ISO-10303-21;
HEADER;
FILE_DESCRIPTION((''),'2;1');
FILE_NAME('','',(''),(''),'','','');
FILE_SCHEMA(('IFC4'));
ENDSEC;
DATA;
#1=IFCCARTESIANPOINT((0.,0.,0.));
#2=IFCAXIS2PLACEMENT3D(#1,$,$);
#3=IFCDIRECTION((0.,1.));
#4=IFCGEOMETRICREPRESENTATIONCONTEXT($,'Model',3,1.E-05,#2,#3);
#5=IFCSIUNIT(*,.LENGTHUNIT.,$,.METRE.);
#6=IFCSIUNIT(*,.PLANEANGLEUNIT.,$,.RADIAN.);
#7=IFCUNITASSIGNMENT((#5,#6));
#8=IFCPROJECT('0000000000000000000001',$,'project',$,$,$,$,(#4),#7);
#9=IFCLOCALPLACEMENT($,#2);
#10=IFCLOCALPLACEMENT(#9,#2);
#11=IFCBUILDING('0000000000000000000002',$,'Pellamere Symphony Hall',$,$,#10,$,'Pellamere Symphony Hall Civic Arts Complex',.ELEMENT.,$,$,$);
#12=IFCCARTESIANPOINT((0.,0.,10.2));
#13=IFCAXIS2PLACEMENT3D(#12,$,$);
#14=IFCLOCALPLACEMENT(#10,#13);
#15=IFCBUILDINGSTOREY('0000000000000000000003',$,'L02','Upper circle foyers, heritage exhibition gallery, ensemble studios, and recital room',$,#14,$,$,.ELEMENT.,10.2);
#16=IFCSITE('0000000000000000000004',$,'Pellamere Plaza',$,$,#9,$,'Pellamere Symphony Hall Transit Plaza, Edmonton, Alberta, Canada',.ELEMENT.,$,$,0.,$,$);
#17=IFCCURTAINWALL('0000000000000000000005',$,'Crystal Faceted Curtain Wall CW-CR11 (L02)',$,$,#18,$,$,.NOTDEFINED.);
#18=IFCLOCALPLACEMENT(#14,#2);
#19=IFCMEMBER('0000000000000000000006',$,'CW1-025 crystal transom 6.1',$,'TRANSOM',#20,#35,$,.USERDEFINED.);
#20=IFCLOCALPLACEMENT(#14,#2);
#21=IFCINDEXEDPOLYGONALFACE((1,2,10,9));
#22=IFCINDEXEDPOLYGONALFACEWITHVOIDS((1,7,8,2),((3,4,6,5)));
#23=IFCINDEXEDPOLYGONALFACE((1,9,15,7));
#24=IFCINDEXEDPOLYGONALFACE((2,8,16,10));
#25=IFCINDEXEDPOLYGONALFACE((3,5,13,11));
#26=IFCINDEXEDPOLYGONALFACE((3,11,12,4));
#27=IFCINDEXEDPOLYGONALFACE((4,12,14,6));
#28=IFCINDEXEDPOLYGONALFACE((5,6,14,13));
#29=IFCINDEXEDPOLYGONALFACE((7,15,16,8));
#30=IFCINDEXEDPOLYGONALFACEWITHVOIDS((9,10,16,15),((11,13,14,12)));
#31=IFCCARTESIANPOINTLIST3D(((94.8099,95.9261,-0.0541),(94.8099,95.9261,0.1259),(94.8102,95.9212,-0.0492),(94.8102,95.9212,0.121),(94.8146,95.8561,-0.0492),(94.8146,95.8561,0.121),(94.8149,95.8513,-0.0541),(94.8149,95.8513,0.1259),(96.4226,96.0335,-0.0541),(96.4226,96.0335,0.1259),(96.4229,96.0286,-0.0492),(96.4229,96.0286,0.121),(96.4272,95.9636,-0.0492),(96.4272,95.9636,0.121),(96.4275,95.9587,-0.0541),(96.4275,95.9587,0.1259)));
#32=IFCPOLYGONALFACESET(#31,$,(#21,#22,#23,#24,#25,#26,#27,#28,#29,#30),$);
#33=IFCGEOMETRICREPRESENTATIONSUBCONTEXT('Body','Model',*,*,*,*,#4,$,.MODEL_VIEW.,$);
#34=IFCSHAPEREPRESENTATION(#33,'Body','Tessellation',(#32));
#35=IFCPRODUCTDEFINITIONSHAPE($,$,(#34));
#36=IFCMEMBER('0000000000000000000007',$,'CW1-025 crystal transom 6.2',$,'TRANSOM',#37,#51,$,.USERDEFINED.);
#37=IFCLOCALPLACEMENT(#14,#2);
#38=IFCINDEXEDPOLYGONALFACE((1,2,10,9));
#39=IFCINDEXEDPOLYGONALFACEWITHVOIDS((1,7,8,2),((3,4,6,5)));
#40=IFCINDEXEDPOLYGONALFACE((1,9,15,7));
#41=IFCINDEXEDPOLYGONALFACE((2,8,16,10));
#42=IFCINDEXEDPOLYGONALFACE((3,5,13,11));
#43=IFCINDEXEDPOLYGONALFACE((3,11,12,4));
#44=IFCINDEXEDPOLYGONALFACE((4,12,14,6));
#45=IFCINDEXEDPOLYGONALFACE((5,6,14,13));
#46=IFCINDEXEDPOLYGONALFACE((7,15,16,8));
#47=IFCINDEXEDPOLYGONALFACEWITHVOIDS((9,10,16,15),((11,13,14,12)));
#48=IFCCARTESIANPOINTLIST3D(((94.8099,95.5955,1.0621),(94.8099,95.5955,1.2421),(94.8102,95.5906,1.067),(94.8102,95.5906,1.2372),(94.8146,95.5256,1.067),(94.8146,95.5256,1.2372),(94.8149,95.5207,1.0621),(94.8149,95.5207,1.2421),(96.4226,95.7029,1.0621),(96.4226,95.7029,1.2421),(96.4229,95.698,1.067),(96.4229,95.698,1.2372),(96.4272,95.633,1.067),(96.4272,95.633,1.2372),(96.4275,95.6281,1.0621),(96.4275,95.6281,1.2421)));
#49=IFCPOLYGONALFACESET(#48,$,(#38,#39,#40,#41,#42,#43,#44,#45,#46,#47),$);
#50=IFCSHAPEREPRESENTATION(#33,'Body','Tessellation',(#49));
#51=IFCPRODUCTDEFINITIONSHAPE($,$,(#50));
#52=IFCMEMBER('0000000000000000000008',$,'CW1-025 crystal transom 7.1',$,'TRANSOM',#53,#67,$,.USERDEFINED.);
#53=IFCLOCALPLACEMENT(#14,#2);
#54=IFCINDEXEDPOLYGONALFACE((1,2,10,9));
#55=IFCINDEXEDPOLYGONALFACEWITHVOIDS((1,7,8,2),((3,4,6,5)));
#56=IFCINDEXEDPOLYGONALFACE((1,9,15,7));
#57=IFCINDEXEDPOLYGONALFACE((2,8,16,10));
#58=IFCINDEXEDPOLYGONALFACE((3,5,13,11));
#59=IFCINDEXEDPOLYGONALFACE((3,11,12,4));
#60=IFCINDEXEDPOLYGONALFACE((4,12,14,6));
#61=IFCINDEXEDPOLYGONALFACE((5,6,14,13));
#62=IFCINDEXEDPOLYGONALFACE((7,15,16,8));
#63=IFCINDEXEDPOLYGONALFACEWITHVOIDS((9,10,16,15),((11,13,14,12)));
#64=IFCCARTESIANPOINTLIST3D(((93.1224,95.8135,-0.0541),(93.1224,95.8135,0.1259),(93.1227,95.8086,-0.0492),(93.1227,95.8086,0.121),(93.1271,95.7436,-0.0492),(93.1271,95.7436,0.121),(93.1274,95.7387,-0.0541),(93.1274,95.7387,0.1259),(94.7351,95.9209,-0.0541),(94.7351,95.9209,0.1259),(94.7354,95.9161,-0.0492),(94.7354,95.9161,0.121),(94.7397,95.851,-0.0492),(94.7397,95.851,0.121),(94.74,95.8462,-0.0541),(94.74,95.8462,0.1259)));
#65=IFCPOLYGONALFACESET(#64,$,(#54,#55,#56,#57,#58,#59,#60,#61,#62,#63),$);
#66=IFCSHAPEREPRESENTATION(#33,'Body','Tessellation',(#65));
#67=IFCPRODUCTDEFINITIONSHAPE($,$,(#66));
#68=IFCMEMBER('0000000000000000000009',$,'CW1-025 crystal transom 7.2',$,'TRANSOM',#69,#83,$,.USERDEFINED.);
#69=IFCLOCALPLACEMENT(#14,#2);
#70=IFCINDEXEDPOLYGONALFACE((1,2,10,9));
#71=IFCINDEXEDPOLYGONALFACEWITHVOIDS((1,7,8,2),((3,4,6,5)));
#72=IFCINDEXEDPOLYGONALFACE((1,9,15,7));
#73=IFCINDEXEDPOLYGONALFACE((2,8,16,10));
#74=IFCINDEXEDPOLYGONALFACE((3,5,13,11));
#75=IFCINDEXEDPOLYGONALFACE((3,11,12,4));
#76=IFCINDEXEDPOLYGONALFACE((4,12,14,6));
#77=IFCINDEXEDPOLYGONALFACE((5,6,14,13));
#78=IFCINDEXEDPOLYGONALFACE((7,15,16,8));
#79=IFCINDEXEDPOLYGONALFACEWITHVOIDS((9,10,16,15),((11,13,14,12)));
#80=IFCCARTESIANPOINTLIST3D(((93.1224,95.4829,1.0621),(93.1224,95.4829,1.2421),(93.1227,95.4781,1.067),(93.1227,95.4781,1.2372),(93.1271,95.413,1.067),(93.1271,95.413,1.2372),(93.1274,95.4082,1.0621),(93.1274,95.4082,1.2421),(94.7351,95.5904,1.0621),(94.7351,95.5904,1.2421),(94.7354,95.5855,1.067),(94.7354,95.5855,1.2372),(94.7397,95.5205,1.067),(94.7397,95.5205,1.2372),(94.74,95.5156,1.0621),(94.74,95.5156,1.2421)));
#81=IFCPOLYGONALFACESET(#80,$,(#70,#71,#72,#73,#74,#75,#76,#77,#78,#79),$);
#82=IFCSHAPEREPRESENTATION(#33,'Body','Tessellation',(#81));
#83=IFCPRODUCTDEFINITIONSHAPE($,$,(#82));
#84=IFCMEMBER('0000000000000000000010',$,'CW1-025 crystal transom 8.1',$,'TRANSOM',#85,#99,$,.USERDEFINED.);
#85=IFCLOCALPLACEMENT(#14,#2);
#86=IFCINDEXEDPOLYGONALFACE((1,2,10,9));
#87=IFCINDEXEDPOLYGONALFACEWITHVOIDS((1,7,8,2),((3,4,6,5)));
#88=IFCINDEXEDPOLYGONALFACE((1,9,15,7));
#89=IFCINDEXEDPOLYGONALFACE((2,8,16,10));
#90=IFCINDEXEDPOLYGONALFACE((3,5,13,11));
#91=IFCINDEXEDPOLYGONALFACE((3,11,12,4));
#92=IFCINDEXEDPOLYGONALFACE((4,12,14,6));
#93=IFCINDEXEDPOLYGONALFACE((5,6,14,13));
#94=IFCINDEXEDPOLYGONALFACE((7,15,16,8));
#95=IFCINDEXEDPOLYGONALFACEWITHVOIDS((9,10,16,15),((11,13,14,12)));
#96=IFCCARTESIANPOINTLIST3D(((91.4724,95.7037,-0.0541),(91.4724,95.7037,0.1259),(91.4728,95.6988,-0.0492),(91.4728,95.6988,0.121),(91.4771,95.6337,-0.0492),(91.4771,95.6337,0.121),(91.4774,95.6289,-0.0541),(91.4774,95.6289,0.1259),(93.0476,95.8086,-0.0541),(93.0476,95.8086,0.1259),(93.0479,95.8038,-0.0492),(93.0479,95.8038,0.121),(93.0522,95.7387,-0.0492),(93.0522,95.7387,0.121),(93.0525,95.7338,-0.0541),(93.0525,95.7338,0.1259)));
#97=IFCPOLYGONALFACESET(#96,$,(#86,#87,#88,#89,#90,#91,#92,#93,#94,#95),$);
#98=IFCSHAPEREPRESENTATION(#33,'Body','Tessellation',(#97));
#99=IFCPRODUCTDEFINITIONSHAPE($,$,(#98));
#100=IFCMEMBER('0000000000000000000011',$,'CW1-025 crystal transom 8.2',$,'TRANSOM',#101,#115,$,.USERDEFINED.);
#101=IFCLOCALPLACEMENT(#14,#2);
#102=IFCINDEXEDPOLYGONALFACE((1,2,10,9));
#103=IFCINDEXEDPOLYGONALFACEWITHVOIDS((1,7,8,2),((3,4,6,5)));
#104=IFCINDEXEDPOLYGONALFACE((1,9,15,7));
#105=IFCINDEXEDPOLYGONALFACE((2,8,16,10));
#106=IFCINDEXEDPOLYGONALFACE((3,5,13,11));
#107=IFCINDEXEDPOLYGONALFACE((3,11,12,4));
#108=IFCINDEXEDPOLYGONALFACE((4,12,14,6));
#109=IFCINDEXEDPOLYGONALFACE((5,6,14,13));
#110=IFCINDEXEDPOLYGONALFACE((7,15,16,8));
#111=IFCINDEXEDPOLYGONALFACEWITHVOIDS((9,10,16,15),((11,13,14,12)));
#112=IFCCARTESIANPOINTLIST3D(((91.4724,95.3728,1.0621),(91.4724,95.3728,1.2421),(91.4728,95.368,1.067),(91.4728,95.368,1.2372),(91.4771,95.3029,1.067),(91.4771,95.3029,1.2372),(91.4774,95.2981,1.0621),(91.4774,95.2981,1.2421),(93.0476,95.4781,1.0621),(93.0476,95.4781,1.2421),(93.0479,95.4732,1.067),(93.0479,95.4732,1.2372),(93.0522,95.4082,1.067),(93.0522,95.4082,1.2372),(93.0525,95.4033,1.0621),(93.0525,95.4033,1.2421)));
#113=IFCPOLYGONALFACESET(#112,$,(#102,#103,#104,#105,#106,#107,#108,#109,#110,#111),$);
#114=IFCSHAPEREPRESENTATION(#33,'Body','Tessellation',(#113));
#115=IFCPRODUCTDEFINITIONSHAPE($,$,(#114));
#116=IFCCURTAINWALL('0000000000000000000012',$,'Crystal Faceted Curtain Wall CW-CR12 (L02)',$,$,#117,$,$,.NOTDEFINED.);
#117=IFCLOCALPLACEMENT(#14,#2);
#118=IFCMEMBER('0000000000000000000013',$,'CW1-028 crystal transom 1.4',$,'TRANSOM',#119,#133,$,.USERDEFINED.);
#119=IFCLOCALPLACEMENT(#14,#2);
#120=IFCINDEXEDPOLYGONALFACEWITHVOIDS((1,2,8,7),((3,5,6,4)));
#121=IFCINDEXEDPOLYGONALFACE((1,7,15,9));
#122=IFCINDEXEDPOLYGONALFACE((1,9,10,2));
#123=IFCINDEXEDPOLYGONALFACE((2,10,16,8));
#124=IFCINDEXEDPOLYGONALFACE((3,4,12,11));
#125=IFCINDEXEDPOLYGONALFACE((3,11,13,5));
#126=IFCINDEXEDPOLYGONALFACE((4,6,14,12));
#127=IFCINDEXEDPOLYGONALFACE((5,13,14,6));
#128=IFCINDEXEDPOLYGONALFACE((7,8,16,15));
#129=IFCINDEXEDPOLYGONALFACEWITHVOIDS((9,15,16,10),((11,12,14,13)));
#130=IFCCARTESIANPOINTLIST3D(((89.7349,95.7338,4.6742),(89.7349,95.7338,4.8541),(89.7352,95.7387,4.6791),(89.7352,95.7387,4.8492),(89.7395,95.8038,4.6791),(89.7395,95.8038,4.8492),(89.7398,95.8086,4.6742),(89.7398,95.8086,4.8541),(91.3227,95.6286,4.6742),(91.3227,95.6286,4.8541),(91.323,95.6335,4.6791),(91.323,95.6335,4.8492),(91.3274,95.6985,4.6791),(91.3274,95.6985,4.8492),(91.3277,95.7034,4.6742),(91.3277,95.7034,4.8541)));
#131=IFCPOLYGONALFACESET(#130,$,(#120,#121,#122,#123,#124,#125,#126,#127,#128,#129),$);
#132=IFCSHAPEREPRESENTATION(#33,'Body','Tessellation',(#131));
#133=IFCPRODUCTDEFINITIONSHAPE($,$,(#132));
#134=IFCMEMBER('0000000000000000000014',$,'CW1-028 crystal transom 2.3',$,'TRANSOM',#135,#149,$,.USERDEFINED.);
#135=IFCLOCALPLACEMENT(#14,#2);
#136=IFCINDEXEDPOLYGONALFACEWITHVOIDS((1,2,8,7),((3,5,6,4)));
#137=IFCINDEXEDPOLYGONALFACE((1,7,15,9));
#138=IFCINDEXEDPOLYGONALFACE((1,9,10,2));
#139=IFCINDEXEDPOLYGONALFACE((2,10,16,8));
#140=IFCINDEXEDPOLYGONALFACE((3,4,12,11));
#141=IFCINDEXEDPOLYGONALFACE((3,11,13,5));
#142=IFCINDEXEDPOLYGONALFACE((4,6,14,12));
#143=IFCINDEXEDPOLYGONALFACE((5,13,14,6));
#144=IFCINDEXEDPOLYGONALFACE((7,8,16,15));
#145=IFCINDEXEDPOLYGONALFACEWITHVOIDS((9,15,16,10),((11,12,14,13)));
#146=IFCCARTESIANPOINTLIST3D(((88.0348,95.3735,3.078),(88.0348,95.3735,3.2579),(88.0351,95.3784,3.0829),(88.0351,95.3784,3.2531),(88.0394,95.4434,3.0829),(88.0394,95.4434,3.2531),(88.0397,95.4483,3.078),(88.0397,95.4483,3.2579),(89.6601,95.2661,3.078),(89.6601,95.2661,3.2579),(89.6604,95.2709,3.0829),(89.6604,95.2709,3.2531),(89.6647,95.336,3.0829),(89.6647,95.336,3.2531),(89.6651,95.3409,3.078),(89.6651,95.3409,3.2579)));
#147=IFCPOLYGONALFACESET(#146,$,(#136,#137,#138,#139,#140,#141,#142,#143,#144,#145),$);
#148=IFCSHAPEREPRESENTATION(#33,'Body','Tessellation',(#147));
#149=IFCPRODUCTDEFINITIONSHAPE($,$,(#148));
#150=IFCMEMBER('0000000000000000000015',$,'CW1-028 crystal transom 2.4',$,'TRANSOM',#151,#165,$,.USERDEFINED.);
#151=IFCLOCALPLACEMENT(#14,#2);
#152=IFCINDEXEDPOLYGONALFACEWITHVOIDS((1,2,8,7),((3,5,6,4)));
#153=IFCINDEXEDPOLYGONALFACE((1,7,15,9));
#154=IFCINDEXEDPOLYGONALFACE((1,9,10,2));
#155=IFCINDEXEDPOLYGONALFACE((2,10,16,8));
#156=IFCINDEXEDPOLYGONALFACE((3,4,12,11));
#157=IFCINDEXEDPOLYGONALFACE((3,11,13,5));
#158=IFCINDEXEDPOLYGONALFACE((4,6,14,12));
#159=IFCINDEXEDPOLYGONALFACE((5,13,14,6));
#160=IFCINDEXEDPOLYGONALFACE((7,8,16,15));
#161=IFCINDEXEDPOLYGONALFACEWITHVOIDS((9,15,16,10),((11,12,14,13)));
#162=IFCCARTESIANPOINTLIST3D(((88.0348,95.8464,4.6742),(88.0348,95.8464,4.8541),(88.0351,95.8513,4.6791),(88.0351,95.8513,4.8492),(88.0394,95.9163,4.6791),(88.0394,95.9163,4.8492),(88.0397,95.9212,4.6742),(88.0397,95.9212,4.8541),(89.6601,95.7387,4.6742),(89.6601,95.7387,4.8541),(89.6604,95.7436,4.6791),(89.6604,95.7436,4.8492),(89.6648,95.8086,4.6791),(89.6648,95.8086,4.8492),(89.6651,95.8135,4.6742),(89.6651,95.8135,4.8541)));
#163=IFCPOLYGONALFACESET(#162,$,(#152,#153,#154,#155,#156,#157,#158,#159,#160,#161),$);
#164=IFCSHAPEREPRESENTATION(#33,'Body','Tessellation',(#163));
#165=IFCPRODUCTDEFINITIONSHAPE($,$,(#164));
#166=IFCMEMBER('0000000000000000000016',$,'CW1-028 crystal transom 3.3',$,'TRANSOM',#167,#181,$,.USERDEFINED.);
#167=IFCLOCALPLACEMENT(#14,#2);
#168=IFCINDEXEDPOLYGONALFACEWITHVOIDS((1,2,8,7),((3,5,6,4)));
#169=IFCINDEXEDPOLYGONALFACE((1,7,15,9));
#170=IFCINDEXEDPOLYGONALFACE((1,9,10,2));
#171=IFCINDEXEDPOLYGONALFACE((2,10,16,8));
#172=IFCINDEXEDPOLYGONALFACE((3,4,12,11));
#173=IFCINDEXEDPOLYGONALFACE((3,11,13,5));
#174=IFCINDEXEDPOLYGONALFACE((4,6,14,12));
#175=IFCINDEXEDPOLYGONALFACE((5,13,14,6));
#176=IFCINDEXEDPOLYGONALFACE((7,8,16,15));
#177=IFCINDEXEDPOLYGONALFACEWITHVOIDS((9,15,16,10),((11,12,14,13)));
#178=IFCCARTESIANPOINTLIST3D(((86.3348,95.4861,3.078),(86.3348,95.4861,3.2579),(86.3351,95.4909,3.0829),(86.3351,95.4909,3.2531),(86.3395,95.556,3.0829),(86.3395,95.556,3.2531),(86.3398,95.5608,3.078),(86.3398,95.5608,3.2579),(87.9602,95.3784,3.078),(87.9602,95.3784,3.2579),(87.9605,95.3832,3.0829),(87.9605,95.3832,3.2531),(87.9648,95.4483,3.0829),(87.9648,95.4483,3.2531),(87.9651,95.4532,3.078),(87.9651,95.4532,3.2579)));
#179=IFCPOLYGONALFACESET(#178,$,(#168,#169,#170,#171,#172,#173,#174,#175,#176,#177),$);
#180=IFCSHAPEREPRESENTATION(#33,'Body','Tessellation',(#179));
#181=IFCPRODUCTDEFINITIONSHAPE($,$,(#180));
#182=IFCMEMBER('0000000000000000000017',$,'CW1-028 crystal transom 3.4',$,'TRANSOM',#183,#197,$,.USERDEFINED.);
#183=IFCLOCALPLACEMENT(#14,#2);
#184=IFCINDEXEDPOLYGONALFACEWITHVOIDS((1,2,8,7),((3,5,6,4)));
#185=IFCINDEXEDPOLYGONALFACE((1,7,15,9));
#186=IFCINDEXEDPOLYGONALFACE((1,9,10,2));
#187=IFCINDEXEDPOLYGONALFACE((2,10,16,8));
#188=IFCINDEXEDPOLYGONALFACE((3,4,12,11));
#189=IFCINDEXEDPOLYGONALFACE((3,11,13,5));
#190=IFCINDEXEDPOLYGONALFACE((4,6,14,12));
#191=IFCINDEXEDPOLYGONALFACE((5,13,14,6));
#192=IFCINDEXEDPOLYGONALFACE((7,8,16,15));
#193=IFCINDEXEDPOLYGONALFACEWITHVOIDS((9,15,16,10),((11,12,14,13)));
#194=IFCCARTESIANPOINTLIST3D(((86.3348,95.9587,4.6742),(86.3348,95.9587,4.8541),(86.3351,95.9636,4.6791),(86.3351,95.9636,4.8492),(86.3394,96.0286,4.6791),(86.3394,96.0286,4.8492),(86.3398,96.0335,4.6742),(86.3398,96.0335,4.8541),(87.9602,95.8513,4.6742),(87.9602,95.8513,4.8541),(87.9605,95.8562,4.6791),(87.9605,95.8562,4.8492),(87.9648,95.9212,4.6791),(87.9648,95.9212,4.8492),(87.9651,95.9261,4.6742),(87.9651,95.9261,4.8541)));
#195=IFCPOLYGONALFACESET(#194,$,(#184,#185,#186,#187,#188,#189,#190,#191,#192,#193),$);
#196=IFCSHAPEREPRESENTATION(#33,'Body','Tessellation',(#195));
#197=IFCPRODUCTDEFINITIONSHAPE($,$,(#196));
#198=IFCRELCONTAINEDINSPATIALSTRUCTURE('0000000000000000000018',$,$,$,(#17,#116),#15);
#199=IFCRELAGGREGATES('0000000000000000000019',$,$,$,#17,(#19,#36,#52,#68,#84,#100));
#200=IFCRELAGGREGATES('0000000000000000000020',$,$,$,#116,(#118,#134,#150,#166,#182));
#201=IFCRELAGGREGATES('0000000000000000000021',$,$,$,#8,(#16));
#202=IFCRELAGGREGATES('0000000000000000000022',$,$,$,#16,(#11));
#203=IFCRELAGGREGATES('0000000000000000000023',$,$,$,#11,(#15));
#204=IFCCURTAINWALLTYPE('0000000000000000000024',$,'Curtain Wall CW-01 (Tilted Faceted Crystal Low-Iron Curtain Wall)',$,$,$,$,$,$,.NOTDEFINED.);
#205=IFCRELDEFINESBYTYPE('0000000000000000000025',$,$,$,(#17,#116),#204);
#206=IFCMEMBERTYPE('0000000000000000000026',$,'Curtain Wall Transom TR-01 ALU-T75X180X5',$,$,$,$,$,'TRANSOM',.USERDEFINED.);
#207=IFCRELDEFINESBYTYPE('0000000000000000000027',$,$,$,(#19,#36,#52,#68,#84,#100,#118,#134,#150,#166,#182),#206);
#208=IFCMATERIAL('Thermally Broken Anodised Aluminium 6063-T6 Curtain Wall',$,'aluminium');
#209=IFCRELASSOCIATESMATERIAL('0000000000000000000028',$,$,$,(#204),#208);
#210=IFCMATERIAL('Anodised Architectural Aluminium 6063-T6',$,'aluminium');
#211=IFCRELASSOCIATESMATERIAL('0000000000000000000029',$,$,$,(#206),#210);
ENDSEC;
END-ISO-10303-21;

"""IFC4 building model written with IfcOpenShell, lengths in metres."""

from ifc_helpers import new_model, si_unit, direction, frame, origin, origin_2d, place, context, subcontext, project, spatial, hollow_rectangle, extrude, material, material_profile, profile_set, type_object, element, aggregate, save


model = new_model("IFC4")

# Units and contexts
model_context = context("Model", 3, precision=1e-05, world=origin(), true_north=direction((0.0, 1.0)))
body_context = subcontext(model_context, "Body", "Model", "MODEL_VIEW")
ifc_project = project(units=[si_unit("LENGTHUNIT", "METRE"), si_unit("PLANEANGLEUNIT", "RADIAN")], contexts=[model_context])

# Site, building, storey
site_placement = place(None, origin())
site = spatial("IfcSite", under=ifc_project, at=site_placement, Name="Pellamere Plaza", LongName="Pellamere Symphony Hall Transit Plaza, Edmonton, Alberta, Canada", CompositionType="ELEMENT", RefElevation=0.0)
building_placement = place(site_placement, origin())
building = spatial("IfcBuilding", under=site, at=building_placement, Name="Pellamere Symphony Hall", LongName="Pellamere Symphony Hall Civic Arts Complex", CompositionType="ELEMENT")
storey_placement = place(building_placement, frame((0.0, 0.0, 10.2)))
storey = spatial("IfcBuildingStorey", under=building, at=storey_placement, Name="L02", Description="Upper circle foyers, heritage exhibition gallery, ensemble studios, and recital room", CompositionType="ELEMENT", Elevation=10.2)

# Curtain walls, members
ifc_material_1 = material(Name="Thermally Broken Anodised Aluminium 6063-T6 Curtain Wall", Category="aluminium")
curtain_wall_type = type_object("IfcCurtainWallType", Name="Curtain Wall CW-01 (Tilted Faceted Crystal Low-Iron Curtain Wall)", PredefinedType="NOTDEFINED", material=ifc_material_1)
curtain_wall_1_placement = place(storey_placement, origin())
curtain_wall_1 = element("IfcCurtainWall", 1, at=curtain_wall_1_placement, inside=storey, type_object=curtain_wall_type, Name="Crystal Faceted Curtain Wall CW-CR11 (L02)", PredefinedType="NOTDEFINED")
ifc_material_2 = material(Name="Anodised Architectural Aluminium 6063-T6", Category="aluminium")
ifc_material_profile_1 = material_profile(ifc_material_2, hollow_rectangle(XDim=0.075, YDim=0.1799, WallThickness=0.0049, at=origin_2d()), Name="ALU-T75X180X5")
ifc_profile_set_1 = profile_set([ifc_material_profile_1], Name="Anodised Architectural Aluminium 6063-T6")
member_type_1 = type_object("IfcMemberType", Name="Curtain Wall Transom TR-01 ALU-T75X180X5", ElementType="TRANSOM", PredefinedType="USERDEFINED", material=ifc_profile_set_1)
member_1_placement = place(storey_placement, frame((96.425, 95.9961, 0.0359), z_axis=(-0.997788, -0.066469, 0.0), x_axis=(0.066469, -0.997788, 0.0)))
member_1 = element("IfcMember", 2, at=member_1_placement, type_object=member_type_1, Name="CW1-025 crystal transom 6.1", ObjectType="TRANSOM", PredefinedType="USERDEFINED", context=body_context, shape_type="SweptSolid", body=[
    extrude(hollow_rectangle(XDim=0.075, YDim=0.1799, WallThickness=0.0049, at=origin_2d()), origin(), (0.0, 0.0, 1.0), 1.6162),
])
member_2_placement = place(storey_placement, frame((96.425, 95.6655, 1.1521), z_axis=(-0.997788, -0.066469, 0.0), x_axis=(0.066469, -0.997788, 0.0)))
member_2 = element("IfcMember", 3, at=member_2_placement, type_object=member_type_1, Name="CW1-025 crystal transom 6.2", ObjectType="TRANSOM", PredefinedType="USERDEFINED", context=body_context, shape_type="SweptSolid", body=[
    extrude(hollow_rectangle(XDim=0.075, YDim=0.1799, WallThickness=0.0049, at=origin_2d()), origin(), (0.0, 0.0, 1.0), 1.6162),
])
member_3_placement = place(storey_placement, frame((94.7375, 95.8835, 0.0359), z_axis=(-0.997788, -0.066469, 0.0), x_axis=(0.066469, -0.997788, 0.0)))
member_3 = element("IfcMember", 4, at=member_3_placement, type_object=member_type_1, Name="CW1-025 crystal transom 7.1", ObjectType="TRANSOM", PredefinedType="USERDEFINED", context=body_context, shape_type="SweptSolid", body=[
    extrude(hollow_rectangle(XDim=0.075, YDim=0.1799, WallThickness=0.0049, at=origin_2d()), origin(), (0.0, 0.0, 1.0), 1.6162),
])
member_4_placement = place(storey_placement, frame((94.7375, 95.553, 1.1521), z_axis=(-0.997788, -0.066469, 0.0), x_axis=(0.066469, -0.997788, 0.0)))
member_4 = element("IfcMember", 5, at=member_4_placement, type_object=member_type_1, Name="CW1-025 crystal transom 7.2", ObjectType="TRANSOM", PredefinedType="USERDEFINED", context=body_context, shape_type="SweptSolid", body=[
    extrude(hollow_rectangle(XDim=0.075, YDim=0.1799, WallThickness=0.0049, at=origin_2d()), origin(), (0.0, 0.0, 1.0), 1.6162),
])
member_5_placement = place(storey_placement, frame((93.05, 95.7712, 0.0359), z_axis=(-0.997787, -0.066498, 0.0), x_axis=(0.066498, -0.997787, 0.0)))
member_5 = element("IfcMember", 6, at=member_5_placement, type_object=member_type_1, Name="CW1-025 crystal transom 8.1", ObjectType="TRANSOM", PredefinedType="USERDEFINED", context=body_context, shape_type="SweptSolid", body=[
    extrude(hollow_rectangle(XDim=0.075, YDim=0.1799, WallThickness=0.0049, at=origin_2d()), origin(), (0.0, 0.0, 1.0), 1.5786),
])
member_6_placement = place(storey_placement, frame((93.05, 95.4407, 1.1521), z_axis=(-0.997776, -0.066652, 0.0), x_axis=(0.066652, -0.997776, 0.0)))
member_6 = element("IfcMember", 7, at=member_6_placement, type_object=member_type_1, Name="CW1-025 crystal transom 8.2", ObjectType="TRANSOM", PredefinedType="USERDEFINED", context=body_context, shape_type="SweptSolid", body=[
    extrude(hollow_rectangle(XDim=0.075, YDim=0.1799, WallThickness=0.0049, at=origin_2d()), origin(), (0.0, 0.0, 1.0), 1.5786),
])
curtain_wall_2_placement = place(storey_placement, origin())
curtain_wall_2 = element("IfcCurtainWall", 8, at=curtain_wall_2_placement, inside=storey, type_object=curtain_wall_type, Name="Crystal Faceted Curtain Wall CW-CR12 (L02)", PredefinedType="NOTDEFINED")
member_7_placement = place(storey_placement, frame((91.3252, 95.666, 4.7642), z_axis=(-0.997812, 0.066122, 0.0), x_axis=(-0.066122, -0.997812, 0.0)))
member_7 = element("IfcMember", 9, at=member_7_placement, type_object=member_type_1, Name="CW1-028 crystal transom 1.4", ObjectType="TRANSOM", PredefinedType="USERDEFINED", context=body_context, shape_type="SweptSolid", body=[
    extrude(hollow_rectangle(XDim=0.075, YDim=0.1799, WallThickness=0.0049, at=origin_2d()), origin(), (0.0, 0.0, 1.0), 1.5913),
])
member_8_placement = place(storey_placement, frame((89.6626, 95.3035, 3.168), z_axis=(-0.997823, 0.065952, 0.0), x_axis=(-0.065952, -0.997823, 0.0)))
member_8 = element("IfcMember", 10, at=member_8_placement, type_object=member_type_1, Name="CW1-028 crystal transom 2.3", ObjectType="TRANSOM", PredefinedType="USERDEFINED", context=body_context, shape_type="SweptSolid", body=[
    extrude(hollow_rectangle(XDim=0.075, YDim=0.1799, WallThickness=0.0049, at=origin_2d()), origin(), (0.0, 0.0, 1.0), 1.6289),
])
member_9_placement = place(storey_placement, frame((89.6626, 95.7761, 4.7642), z_axis=(-0.997813, 0.066101, 0.0), x_axis=(-0.066101, -0.997813, 0.0)))
member_9 = element("IfcMember", 11, at=member_9_placement, type_object=member_type_1, Name="CW1-028 crystal transom 2.4", ObjectType="TRANSOM", PredefinedType="USERDEFINED", context=body_context, shape_type="SweptSolid", body=[
    extrude(hollow_rectangle(XDim=0.075, YDim=0.1799, WallThickness=0.0049, at=origin_2d()), origin(), (0.0, 0.0, 1.0), 1.6289),
])
member_10_placement = place(storey_placement, frame((87.9626, 95.4158, 3.168), z_axis=(-0.997813, 0.066101, 0.0), x_axis=(-0.066101, -0.997813, 0.0)))
member_10 = element("IfcMember", 12, at=member_10_placement, type_object=member_type_1, Name="CW1-028 crystal transom 3.3", ObjectType="TRANSOM", PredefinedType="USERDEFINED", context=body_context, shape_type="SweptSolid", body=[
    extrude(hollow_rectangle(XDim=0.075, YDim=0.1799, WallThickness=0.0049, at=origin_2d()), origin(), (0.0, 0.0, 1.0), 1.6289),
])
member_11_placement = place(storey_placement, frame((87.9626, 95.8887, 4.7642), z_axis=(-0.997823, 0.065952, 0.0), x_axis=(-0.065952, -0.997823, 0.0)))
member_11 = element("IfcMember", 13, at=member_11_placement, type_object=member_type_1, Name="CW1-028 crystal transom 3.4", ObjectType="TRANSOM", PredefinedType="USERDEFINED", context=body_context, shape_type="SweptSolid", body=[
    extrude(hollow_rectangle(XDim=0.075, YDim=0.1799, WallThickness=0.0049, at=origin_2d()), origin(), (0.0, 0.0, 1.0), 1.6289),
])

aggregate(curtain_wall_1, [member_1, member_2, member_3, member_4, member_5, member_6])
aggregate(curtain_wall_2, [member_7, member_8, member_9, member_10, member_11])

save(model, "model.ifc")
